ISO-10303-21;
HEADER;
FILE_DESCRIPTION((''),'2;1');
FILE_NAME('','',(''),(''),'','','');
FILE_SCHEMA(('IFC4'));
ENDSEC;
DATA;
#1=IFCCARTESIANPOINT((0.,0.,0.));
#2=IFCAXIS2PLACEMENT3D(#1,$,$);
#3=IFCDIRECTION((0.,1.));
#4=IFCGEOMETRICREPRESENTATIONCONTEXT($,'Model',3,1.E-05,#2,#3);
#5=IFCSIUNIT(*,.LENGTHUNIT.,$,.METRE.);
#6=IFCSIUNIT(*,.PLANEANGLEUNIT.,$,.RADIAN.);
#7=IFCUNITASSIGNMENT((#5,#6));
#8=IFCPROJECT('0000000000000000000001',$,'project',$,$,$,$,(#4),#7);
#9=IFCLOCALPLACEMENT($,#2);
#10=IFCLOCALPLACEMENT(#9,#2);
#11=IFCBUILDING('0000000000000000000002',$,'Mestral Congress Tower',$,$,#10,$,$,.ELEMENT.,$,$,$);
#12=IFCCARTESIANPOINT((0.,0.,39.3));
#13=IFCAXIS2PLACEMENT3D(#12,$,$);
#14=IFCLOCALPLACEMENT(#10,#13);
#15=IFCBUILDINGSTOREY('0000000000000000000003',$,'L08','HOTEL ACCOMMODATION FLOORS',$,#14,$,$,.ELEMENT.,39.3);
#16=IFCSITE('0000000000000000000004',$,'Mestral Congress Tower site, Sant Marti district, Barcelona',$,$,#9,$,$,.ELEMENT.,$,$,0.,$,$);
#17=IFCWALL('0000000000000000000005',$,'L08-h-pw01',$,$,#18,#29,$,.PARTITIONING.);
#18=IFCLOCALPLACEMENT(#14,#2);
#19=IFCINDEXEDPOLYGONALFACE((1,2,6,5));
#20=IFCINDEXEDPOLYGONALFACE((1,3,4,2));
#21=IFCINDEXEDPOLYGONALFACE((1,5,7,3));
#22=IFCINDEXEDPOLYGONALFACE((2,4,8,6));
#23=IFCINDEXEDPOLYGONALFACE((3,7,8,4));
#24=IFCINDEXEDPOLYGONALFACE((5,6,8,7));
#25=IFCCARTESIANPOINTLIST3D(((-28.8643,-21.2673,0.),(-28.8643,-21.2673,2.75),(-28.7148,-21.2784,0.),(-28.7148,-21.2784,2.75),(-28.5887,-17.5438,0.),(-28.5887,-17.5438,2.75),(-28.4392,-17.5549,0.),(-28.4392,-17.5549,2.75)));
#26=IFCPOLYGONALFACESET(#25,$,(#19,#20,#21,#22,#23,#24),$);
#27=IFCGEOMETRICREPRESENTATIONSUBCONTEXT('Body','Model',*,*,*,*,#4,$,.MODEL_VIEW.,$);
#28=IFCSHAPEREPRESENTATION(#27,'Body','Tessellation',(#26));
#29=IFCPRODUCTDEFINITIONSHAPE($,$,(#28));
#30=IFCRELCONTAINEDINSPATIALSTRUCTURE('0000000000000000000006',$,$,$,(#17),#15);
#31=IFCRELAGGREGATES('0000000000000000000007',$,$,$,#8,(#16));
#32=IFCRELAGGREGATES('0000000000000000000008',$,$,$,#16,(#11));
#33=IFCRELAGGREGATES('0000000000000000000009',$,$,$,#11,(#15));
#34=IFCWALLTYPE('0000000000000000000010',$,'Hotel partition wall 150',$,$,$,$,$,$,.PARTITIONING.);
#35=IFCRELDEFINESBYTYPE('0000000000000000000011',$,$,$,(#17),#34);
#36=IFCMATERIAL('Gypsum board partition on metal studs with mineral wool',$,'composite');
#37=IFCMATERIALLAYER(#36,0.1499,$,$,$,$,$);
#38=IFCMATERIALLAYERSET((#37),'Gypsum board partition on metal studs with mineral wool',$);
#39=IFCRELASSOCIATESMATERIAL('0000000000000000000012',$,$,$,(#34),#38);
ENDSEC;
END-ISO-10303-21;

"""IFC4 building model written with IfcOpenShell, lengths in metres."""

from ifc_helpers import new_model, si_unit, direction, frame, frame_2d, origin, place, context, subcontext, project, spatial, rectangle, extrude, material, layer, layer_set, type_object, element, save


model = new_model("IFC4")

# Units and contexts
model_context = context("Model", 3, precision=1e-05, world=origin(), true_north=direction((0.0, 1.0)))
body_context = subcontext(model_context, "Body", "Model", "MODEL_VIEW")
ifc_project = project(units=[si_unit("LENGTHUNIT", "METRE"), si_unit("PLANEANGLEUNIT", "RADIAN")], contexts=[model_context])

# Site, building, storey
site_placement = place(None, origin())
site = spatial("IfcSite", under=ifc_project, at=site_placement, Name="Mestral Congress Tower site, Sant Marti district, Barcelona", CompositionType="ELEMENT", RefElevation=0.0)
building_placement = place(site_placement, origin())
building = spatial("IfcBuilding", under=site, at=building_placement, Name="Mestral Congress Tower", CompositionType="ELEMENT")
storey_placement = place(building_placement, frame((0.0, 0.0, 39.3)))
storey = spatial("IfcBuildingStorey", under=building, at=storey_placement, Name="L08", Description="HOTEL ACCOMMODATION FLOORS", CompositionType="ELEMENT", Elevation=39.3)

# Shared definitions
ifc_material_1 = material(Name="Gypsum board partition on metal studs with mineral wool", Category="composite")
ifc_layer_1 = layer(ifc_material_1, 0.1499)
ifc_layer_set_1 = layer_set([ifc_layer_1], Name="Gypsum board partition on metal studs with mineral wool")
wall_type_1 = type_object("IfcWallType", Name="Hotel partition wall 150", PredefinedType="PARTITIONING", material=ifc_layer_set_1)

# Wall
wall_1_placement = place(storey_placement, frame((-28.7896, -21.2727, 0.0), z_axis=(0.0, 0.0, 1.0), x_axis=(0.073826, 0.997271, 0.0)))
element("IfcWall", 1, at=wall_1_placement, inside=storey, type_object=wall_type_1, Name="L08-h-pw01", PredefinedType="PARTITIONING", context=body_context, shape_type="SweptSolid", body=[
    extrude(rectangle(XDim=3.7336, YDim=0.1499, at=frame_2d((1.8667, 0.0))), origin(), (0.0, 0.0, 1.0), 2.75),
])

save(model, "model.ifc")
